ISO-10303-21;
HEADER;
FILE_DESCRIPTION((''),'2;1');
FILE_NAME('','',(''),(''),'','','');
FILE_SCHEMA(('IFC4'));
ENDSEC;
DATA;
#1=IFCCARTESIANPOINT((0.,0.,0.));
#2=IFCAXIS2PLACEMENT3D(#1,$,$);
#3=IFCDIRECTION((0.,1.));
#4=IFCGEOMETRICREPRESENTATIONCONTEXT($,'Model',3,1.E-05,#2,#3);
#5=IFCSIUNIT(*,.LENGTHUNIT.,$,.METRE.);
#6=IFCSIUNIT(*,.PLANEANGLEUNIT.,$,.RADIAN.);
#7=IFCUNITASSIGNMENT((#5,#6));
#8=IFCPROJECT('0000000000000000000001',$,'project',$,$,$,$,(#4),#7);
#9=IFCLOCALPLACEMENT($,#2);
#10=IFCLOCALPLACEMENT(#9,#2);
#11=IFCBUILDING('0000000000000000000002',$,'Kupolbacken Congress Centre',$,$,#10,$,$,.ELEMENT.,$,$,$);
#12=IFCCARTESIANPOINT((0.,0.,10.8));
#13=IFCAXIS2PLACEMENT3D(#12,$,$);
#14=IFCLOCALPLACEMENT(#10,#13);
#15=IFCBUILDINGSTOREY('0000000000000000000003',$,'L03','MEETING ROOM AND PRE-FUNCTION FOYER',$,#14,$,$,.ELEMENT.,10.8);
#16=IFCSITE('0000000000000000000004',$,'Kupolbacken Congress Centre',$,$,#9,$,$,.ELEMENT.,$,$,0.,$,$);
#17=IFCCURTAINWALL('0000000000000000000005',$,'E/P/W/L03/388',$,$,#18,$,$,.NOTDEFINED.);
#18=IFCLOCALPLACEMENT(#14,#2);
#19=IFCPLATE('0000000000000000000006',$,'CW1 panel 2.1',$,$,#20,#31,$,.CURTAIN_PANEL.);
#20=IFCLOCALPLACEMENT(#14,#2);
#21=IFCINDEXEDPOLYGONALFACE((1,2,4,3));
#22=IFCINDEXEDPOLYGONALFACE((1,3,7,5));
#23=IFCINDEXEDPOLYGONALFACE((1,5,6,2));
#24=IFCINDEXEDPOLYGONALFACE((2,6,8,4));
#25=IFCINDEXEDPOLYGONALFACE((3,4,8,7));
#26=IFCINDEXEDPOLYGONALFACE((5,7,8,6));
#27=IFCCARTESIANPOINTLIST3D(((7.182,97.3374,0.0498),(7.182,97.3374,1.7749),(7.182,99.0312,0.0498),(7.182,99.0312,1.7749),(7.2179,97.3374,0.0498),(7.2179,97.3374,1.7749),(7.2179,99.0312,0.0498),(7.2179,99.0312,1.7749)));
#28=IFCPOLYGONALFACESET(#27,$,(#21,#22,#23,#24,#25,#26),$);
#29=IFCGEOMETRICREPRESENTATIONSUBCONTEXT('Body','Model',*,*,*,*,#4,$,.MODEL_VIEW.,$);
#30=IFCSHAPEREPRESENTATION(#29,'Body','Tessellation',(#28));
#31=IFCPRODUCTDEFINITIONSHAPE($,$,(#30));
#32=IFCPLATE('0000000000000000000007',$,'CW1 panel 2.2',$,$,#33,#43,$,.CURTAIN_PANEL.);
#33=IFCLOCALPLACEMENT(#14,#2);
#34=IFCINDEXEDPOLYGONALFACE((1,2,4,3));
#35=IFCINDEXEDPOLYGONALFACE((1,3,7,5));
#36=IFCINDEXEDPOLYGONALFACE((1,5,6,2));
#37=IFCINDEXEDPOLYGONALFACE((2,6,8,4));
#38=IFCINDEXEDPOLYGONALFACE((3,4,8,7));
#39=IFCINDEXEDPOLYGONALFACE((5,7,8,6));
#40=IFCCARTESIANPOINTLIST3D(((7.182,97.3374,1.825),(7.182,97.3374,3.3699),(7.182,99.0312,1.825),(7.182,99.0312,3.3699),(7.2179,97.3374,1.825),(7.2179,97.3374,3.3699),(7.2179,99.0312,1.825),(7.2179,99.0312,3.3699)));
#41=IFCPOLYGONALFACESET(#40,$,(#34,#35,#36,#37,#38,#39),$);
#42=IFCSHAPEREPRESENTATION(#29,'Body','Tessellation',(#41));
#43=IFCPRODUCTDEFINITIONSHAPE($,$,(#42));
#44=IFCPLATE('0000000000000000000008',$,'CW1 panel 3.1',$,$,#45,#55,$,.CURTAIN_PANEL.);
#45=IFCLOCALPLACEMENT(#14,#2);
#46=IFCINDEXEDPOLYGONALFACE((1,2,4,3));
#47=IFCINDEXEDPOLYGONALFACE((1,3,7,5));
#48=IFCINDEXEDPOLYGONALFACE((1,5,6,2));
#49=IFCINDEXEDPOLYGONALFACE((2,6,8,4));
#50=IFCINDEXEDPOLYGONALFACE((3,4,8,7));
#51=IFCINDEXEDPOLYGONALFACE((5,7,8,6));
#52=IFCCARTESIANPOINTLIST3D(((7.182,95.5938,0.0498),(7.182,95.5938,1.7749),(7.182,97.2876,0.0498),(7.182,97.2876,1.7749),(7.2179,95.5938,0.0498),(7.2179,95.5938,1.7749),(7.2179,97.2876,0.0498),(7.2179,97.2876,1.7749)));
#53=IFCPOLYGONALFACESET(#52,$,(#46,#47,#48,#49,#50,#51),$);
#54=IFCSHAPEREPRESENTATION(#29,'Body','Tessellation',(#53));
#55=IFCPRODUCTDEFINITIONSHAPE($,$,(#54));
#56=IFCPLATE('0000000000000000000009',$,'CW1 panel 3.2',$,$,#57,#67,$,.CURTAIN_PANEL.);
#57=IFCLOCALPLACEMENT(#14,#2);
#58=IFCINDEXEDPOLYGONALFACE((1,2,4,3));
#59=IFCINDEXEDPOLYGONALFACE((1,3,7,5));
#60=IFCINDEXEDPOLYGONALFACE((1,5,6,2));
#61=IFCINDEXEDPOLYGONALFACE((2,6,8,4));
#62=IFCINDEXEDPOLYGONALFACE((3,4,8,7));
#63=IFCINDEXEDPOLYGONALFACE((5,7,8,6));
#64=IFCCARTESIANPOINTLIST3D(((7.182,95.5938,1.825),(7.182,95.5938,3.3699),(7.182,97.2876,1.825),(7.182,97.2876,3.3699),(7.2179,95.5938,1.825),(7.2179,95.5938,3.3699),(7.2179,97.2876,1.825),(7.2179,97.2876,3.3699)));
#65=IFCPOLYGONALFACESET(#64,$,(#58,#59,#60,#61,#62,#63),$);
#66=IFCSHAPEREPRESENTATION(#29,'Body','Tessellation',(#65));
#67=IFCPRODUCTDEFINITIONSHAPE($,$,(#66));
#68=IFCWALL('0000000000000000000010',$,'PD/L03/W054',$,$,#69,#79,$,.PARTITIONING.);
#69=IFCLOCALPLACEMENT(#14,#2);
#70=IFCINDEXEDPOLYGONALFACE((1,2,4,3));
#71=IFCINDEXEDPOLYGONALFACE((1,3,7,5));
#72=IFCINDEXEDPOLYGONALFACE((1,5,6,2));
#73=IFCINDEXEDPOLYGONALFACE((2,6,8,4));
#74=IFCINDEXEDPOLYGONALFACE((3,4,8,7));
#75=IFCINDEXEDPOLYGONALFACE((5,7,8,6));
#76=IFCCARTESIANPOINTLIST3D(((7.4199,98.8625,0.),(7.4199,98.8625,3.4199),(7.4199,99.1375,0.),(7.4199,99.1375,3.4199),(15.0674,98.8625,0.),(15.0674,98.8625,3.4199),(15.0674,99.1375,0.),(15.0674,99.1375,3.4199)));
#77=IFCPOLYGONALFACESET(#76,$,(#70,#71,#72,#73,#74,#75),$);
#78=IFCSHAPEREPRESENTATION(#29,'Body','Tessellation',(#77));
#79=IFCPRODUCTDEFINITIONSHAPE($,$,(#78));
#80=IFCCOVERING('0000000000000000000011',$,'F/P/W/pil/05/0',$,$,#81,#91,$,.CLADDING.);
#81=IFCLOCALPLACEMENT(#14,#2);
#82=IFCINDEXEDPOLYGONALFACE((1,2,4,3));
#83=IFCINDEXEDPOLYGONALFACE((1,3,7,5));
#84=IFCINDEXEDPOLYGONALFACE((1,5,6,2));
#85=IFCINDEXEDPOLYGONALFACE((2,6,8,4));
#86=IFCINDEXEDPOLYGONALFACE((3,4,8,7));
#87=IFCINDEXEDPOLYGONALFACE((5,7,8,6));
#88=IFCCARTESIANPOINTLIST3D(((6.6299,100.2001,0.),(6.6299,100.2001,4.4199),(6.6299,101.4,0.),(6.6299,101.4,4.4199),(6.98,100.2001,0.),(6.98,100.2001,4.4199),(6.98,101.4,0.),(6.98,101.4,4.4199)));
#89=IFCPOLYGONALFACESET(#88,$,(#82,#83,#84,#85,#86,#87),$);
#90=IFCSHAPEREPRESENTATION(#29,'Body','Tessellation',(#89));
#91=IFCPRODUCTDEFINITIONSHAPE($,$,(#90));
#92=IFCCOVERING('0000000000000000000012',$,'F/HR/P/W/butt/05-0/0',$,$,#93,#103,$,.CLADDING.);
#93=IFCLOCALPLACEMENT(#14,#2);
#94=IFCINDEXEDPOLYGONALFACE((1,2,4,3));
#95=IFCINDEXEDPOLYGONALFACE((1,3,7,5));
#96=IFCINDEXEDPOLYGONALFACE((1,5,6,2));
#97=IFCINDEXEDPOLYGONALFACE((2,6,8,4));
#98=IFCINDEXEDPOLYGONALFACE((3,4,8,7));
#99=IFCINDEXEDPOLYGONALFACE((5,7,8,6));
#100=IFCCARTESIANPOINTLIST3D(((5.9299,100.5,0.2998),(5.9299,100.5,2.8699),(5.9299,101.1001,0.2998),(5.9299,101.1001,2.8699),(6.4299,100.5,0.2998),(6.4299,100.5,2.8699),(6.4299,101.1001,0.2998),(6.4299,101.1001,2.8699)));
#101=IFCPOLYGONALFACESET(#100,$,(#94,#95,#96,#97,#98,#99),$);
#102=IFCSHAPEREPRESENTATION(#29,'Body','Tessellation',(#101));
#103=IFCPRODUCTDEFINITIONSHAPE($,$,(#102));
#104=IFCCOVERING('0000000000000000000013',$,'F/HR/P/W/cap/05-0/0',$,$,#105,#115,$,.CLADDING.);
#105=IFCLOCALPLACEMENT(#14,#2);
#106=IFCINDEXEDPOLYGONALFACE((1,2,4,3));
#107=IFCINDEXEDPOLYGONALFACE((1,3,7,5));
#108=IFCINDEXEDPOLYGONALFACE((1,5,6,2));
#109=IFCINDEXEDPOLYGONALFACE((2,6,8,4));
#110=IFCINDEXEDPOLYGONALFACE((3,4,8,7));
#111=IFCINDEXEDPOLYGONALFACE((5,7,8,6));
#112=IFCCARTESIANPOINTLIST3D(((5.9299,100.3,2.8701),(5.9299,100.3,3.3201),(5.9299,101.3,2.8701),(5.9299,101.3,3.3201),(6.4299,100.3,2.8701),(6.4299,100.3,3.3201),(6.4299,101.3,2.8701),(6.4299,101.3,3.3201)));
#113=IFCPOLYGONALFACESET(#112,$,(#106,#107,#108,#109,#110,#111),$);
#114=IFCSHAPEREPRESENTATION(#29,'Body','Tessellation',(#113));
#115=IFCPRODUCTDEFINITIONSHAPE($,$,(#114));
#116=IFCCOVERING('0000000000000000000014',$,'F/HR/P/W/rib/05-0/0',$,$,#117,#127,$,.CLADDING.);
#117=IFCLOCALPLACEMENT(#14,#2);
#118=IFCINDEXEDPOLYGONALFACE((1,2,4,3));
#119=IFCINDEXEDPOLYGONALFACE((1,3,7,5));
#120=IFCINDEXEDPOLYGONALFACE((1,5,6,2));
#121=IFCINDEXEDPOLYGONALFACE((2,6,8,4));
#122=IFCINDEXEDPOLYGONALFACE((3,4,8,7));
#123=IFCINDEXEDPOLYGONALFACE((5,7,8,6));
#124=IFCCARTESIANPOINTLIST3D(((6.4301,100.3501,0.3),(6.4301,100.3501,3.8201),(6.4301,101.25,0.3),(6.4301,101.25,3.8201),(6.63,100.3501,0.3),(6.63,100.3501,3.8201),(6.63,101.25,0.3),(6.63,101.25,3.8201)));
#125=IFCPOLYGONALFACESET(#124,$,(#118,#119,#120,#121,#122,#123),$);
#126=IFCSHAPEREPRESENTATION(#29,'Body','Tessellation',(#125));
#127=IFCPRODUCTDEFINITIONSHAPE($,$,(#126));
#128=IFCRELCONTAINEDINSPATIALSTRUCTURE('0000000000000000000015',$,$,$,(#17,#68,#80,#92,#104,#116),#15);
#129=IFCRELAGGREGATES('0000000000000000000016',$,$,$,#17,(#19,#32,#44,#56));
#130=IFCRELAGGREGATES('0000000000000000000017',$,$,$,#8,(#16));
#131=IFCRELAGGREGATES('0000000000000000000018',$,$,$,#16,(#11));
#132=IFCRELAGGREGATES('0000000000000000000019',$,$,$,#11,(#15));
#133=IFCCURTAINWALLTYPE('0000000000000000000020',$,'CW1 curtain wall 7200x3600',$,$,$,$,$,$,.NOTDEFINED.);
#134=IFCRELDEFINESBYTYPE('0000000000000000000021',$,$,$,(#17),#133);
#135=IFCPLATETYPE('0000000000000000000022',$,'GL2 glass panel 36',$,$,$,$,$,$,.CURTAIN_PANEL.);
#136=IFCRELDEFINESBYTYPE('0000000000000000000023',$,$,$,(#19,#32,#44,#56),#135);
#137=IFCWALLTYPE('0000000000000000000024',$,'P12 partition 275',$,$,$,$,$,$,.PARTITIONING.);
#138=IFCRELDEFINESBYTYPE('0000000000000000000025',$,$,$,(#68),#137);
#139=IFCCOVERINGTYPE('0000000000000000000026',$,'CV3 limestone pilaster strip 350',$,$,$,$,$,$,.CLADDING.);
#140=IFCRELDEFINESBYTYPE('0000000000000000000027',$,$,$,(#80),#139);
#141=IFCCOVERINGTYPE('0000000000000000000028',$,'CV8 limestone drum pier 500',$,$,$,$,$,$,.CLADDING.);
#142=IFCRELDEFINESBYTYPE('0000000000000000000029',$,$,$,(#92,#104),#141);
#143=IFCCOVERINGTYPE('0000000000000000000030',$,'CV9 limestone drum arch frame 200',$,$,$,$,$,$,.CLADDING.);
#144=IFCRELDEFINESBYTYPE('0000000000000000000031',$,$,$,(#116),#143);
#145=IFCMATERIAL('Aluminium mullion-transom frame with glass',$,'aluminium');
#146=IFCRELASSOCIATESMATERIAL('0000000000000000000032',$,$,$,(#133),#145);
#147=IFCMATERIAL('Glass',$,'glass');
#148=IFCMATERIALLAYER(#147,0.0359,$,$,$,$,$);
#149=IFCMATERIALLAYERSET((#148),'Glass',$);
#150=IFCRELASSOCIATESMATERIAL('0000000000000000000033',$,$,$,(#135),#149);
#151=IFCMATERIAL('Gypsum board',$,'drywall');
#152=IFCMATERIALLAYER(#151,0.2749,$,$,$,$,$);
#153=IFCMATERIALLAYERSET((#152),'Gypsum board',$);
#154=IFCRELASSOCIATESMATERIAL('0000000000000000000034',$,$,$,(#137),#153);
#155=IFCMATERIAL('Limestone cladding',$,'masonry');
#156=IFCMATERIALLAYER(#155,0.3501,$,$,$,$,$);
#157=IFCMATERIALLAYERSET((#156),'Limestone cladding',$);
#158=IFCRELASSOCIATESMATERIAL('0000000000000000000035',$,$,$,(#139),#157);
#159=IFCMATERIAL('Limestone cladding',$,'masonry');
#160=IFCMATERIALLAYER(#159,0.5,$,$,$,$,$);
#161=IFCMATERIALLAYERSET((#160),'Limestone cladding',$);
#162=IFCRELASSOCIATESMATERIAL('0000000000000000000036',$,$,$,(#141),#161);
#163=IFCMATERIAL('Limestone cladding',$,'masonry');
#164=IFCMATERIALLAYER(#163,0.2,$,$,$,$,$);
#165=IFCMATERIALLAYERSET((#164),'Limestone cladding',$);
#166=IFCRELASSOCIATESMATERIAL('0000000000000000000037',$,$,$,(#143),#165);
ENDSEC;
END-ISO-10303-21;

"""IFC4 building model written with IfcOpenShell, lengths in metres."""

from ifc_helpers import new_model, si_unit, direction, frame, frame_2d, origin, origin_2d, place, context, subcontext, project, spatial, rectangle, extrude, material, layer, layer_set, type_object, element, aggregate, save


model = new_model("IFC4")

# Units and contexts
model_context = context("Model", 3, precision=1e-05, world=origin(), true_north=direction((0.0, 1.0)))
body_context = subcontext(model_context, "Body", "Model", "MODEL_VIEW")
ifc_project = project(units=[si_unit("LENGTHUNIT", "METRE"), si_unit("PLANEANGLEUNIT", "RADIAN")], contexts=[model_context])

# Site, building, storey
site_placement = place(None, origin())
site = spatial("IfcSite", under=ifc_project, at=site_placement, Name="Kupolbacken Congress Centre", CompositionType="ELEMENT", RefElevation=0.0)
building_placement = place(site_placement, origin())
building = spatial("IfcBuilding", under=site, at=building_placement, Name="Kupolbacken Congress Centre", CompositionType="ELEMENT")
storey_placement = place(building_placement, frame((0.0, 0.0, 10.8)))
storey = spatial("IfcBuildingStorey", under=building, at=storey_placement, Name="L03", Description="MEETING ROOM AND PRE-FUNCTION FOYER", CompositionType="ELEMENT", Elevation=10.8)

# Curtain wall, plates
ifc_material_1 = material(Name="Aluminium mullion-transom frame with glass", Category="aluminium")
curtain_wall_type = type_object("IfcCurtainWallType", Name="CW1 curtain wall 7200x3600", PredefinedType="NOTDEFINED", material=ifc_material_1)
curtain_wall_placement = place(storey_placement, origin())
curtain_wall = element("IfcCurtainWall", 1, at=curtain_wall_placement, inside=storey, type_object=curtain_wall_type, Name="E/P/W/L03/388", PredefinedType="NOTDEFINED")
ifc_material_2 = material(Name="Glass", Category="glass")
ifc_layer_1 = layer(ifc_material_2, 0.0359)
ifc_layer_set_1 = layer_set([ifc_layer_1], Name="Glass")
plate_type = type_object("IfcPlateType", Name="GL2 glass panel 36", PredefinedType="CURTAIN_PANEL", material=ifc_layer_set_1)
plate_1_placement = place(storey_placement, frame((7.2, 98.1843, 0.0498), z_axis=(0.0, 0.0, 1.0), x_axis=(0.0, -1.0, 0.0)))
plate_1 = element("IfcPlate", 2, at=plate_1_placement, type_object=plate_type, Name="CW1 panel 2.1", PredefinedType="CURTAIN_PANEL", context=body_context, shape_type="SweptSolid", body=[
    extrude(rectangle(XDim=1.6938, YDim=0.0359, at=origin_2d()), origin(), (0.0, 0.0, 1.0), 1.7251),
])
plate_2_placement = place(storey_placement, frame((7.2, 98.1843, 1.825), z_axis=(0.0, 0.0, 1.0), x_axis=(0.0, -1.0, 0.0)))
plate_2 = element("IfcPlate", 3, at=plate_2_placement, type_object=plate_type, Name="CW1 panel 2.2", PredefinedType="CURTAIN_PANEL", context=body_context, shape_type="SweptSolid", body=[
    extrude(rectangle(XDim=1.6938, YDim=0.0359, at=origin_2d()), origin(), (0.0, 0.0, 1.0), 1.5449),
])
plate_3_placement = place(storey_placement, frame((7.2, 96.4407, 0.0498), z_axis=(0.0, 0.0, 1.0), x_axis=(0.0, -1.0, 0.0)))
plate_3 = element("IfcPlate", 4, at=plate_3_placement, type_object=plate_type, Name="CW1 panel 3.1", PredefinedType="CURTAIN_PANEL", context=body_context, shape_type="SweptSolid", body=[
    extrude(rectangle(XDim=1.6938, YDim=0.0359, at=origin_2d()), origin(), (0.0, 0.0, 1.0), 1.7251),
])
plate_4_placement = place(storey_placement, frame((7.2, 96.4407, 1.825), z_axis=(0.0, 0.0, 1.0), x_axis=(0.0, -1.0, 0.0)))
plate_4 = element("IfcPlate", 5, at=plate_4_placement, type_object=plate_type, Name="CW1 panel 3.2", PredefinedType="CURTAIN_PANEL", context=body_context, shape_type="SweptSolid", body=[
    extrude(rectangle(XDim=1.6938, YDim=0.0359, at=origin_2d()), origin(), (0.0, 0.0, 1.0), 1.5449),
])
aggregate(curtain_wall, [plate_1, plate_2, plate_3, plate_4])

# Wall
ifc_material_3 = material(Name="Gypsum board", Category="drywall")
ifc_layer_2 = layer(ifc_material_3, 0.2749)
ifc_layer_set_2 = layer_set([ifc_layer_2], Name="Gypsum board")
wall_type = type_object("IfcWallType", Name="P12 partition 275", PredefinedType="PARTITIONING", material=ifc_layer_set_2)
wall_placement = place(storey_placement, frame((7.4199, 99.0, 0.0), z_axis=(0.0, 0.0, 1.0), x_axis=(1.0, 0.0, 0.0)))
element("IfcWall", 6, at=wall_placement, inside=storey, type_object=wall_type, Name="PD/L03/W054", PredefinedType="PARTITIONING", context=body_context, shape_type="SweptSolid", body=[
    extrude(rectangle(XDim=7.6475, YDim=0.2749, at=frame_2d((3.8237, 0.0))), origin(), (0.0, 0.0, 1.0), 3.4199),
])

# Coverings
ifc_material_4 = material(Name="Limestone cladding", Category="masonry")
ifc_layer_3 = layer(ifc_material_4, 0.3501)
ifc_layer_set_3 = layer_set([ifc_layer_3], Name="Limestone cladding")
covering_type_1 = type_object("IfcCoveringType", Name="CV3 limestone pilaster strip 350", PredefinedType="CLADDING", material=ifc_layer_set_3)
covering_1_placement = place(storey_placement, frame((6.8049, 100.8, 0.0), z_axis=(0.0, 0.0, 1.0), x_axis=(0.0, 1.0, 0.0)))
element("IfcCovering", 7, at=covering_1_placement, inside=storey, type_object=covering_type_1, Name="F/P/W/pil/05/0", PredefinedType="CLADDING", context=body_context, shape_type="SweptSolid", body=[
    extrude(rectangle(XDim=1.2, YDim=0.3501, at=origin_2d()), origin(), (0.0, 0.0, 1.0), 4.4199),
])
ifc_material_5 = material(Name="Limestone cladding", Category="masonry")
ifc_layer_4 = layer(ifc_material_5, 0.5)
ifc_layer_set_4 = layer_set([ifc_layer_4], Name="Limestone cladding")
covering_type_2 = type_object("IfcCoveringType", Name="CV8 limestone drum pier 500", PredefinedType="CLADDING", material=ifc_layer_set_4)
covering_2_placement = place(storey_placement, frame((6.1799, 100.8, 0.2998), z_axis=(0.0, 0.0, 1.0), x_axis=(0.0, 1.0, 0.0)))
element("IfcCovering", 8, at=covering_2_placement, inside=storey, type_object=covering_type_2, Name="F/HR/P/W/butt/05-0/0", PredefinedType="CLADDING", context=body_context, shape_type="SweptSolid", body=[
    extrude(rectangle(XDim=0.6001, YDim=0.5, at=origin_2d()), origin(), (0.0, 0.0, 1.0), 2.5701),
])
covering_3_placement = place(storey_placement, frame((6.1799, 100.8, 2.8701), z_axis=(0.0, 0.0, 1.0), x_axis=(0.0, 1.0, 0.0)))
element("IfcCovering", 9, at=covering_3_placement, inside=storey, type_object=covering_type_2, Name="F/HR/P/W/cap/05-0/0", PredefinedType="CLADDING", context=body_context, shape_type="SweptSolid", body=[
    extrude(rectangle(XDim=1.0, YDim=0.5, at=origin_2d()), origin(), (0.0, 0.0, 1.0), 0.45),
])
ifc_material_6 = material(Name="Limestone cladding", Category="masonry")
ifc_layer_5 = layer(ifc_material_6, 0.2)
ifc_layer_set_5 = layer_set([ifc_layer_5], Name="Limestone cladding")
covering_type_3 = type_object("IfcCoveringType", Name="CV9 limestone drum arch frame 200", PredefinedType="CLADDING", material=ifc_layer_set_5)
covering_4_placement = place(storey_placement, frame((6.53, 100.8, 0.3), z_axis=(0.0, 0.0, 1.0), x_axis=(0.0, 1.0, 0.0)))
element("IfcCovering", 10, at=covering_4_placement, inside=storey, type_object=covering_type_3, Name="F/HR/P/W/rib/05-0/0", PredefinedType="CLADDING", context=body_context, shape_type="SweptSolid", body=[
    extrude(rectangle(XDim=0.8999, YDim=0.2, at=origin_2d()), origin(), (0.0, 0.0, 1.0), 3.52),
])

save(model, "model.ifc")
